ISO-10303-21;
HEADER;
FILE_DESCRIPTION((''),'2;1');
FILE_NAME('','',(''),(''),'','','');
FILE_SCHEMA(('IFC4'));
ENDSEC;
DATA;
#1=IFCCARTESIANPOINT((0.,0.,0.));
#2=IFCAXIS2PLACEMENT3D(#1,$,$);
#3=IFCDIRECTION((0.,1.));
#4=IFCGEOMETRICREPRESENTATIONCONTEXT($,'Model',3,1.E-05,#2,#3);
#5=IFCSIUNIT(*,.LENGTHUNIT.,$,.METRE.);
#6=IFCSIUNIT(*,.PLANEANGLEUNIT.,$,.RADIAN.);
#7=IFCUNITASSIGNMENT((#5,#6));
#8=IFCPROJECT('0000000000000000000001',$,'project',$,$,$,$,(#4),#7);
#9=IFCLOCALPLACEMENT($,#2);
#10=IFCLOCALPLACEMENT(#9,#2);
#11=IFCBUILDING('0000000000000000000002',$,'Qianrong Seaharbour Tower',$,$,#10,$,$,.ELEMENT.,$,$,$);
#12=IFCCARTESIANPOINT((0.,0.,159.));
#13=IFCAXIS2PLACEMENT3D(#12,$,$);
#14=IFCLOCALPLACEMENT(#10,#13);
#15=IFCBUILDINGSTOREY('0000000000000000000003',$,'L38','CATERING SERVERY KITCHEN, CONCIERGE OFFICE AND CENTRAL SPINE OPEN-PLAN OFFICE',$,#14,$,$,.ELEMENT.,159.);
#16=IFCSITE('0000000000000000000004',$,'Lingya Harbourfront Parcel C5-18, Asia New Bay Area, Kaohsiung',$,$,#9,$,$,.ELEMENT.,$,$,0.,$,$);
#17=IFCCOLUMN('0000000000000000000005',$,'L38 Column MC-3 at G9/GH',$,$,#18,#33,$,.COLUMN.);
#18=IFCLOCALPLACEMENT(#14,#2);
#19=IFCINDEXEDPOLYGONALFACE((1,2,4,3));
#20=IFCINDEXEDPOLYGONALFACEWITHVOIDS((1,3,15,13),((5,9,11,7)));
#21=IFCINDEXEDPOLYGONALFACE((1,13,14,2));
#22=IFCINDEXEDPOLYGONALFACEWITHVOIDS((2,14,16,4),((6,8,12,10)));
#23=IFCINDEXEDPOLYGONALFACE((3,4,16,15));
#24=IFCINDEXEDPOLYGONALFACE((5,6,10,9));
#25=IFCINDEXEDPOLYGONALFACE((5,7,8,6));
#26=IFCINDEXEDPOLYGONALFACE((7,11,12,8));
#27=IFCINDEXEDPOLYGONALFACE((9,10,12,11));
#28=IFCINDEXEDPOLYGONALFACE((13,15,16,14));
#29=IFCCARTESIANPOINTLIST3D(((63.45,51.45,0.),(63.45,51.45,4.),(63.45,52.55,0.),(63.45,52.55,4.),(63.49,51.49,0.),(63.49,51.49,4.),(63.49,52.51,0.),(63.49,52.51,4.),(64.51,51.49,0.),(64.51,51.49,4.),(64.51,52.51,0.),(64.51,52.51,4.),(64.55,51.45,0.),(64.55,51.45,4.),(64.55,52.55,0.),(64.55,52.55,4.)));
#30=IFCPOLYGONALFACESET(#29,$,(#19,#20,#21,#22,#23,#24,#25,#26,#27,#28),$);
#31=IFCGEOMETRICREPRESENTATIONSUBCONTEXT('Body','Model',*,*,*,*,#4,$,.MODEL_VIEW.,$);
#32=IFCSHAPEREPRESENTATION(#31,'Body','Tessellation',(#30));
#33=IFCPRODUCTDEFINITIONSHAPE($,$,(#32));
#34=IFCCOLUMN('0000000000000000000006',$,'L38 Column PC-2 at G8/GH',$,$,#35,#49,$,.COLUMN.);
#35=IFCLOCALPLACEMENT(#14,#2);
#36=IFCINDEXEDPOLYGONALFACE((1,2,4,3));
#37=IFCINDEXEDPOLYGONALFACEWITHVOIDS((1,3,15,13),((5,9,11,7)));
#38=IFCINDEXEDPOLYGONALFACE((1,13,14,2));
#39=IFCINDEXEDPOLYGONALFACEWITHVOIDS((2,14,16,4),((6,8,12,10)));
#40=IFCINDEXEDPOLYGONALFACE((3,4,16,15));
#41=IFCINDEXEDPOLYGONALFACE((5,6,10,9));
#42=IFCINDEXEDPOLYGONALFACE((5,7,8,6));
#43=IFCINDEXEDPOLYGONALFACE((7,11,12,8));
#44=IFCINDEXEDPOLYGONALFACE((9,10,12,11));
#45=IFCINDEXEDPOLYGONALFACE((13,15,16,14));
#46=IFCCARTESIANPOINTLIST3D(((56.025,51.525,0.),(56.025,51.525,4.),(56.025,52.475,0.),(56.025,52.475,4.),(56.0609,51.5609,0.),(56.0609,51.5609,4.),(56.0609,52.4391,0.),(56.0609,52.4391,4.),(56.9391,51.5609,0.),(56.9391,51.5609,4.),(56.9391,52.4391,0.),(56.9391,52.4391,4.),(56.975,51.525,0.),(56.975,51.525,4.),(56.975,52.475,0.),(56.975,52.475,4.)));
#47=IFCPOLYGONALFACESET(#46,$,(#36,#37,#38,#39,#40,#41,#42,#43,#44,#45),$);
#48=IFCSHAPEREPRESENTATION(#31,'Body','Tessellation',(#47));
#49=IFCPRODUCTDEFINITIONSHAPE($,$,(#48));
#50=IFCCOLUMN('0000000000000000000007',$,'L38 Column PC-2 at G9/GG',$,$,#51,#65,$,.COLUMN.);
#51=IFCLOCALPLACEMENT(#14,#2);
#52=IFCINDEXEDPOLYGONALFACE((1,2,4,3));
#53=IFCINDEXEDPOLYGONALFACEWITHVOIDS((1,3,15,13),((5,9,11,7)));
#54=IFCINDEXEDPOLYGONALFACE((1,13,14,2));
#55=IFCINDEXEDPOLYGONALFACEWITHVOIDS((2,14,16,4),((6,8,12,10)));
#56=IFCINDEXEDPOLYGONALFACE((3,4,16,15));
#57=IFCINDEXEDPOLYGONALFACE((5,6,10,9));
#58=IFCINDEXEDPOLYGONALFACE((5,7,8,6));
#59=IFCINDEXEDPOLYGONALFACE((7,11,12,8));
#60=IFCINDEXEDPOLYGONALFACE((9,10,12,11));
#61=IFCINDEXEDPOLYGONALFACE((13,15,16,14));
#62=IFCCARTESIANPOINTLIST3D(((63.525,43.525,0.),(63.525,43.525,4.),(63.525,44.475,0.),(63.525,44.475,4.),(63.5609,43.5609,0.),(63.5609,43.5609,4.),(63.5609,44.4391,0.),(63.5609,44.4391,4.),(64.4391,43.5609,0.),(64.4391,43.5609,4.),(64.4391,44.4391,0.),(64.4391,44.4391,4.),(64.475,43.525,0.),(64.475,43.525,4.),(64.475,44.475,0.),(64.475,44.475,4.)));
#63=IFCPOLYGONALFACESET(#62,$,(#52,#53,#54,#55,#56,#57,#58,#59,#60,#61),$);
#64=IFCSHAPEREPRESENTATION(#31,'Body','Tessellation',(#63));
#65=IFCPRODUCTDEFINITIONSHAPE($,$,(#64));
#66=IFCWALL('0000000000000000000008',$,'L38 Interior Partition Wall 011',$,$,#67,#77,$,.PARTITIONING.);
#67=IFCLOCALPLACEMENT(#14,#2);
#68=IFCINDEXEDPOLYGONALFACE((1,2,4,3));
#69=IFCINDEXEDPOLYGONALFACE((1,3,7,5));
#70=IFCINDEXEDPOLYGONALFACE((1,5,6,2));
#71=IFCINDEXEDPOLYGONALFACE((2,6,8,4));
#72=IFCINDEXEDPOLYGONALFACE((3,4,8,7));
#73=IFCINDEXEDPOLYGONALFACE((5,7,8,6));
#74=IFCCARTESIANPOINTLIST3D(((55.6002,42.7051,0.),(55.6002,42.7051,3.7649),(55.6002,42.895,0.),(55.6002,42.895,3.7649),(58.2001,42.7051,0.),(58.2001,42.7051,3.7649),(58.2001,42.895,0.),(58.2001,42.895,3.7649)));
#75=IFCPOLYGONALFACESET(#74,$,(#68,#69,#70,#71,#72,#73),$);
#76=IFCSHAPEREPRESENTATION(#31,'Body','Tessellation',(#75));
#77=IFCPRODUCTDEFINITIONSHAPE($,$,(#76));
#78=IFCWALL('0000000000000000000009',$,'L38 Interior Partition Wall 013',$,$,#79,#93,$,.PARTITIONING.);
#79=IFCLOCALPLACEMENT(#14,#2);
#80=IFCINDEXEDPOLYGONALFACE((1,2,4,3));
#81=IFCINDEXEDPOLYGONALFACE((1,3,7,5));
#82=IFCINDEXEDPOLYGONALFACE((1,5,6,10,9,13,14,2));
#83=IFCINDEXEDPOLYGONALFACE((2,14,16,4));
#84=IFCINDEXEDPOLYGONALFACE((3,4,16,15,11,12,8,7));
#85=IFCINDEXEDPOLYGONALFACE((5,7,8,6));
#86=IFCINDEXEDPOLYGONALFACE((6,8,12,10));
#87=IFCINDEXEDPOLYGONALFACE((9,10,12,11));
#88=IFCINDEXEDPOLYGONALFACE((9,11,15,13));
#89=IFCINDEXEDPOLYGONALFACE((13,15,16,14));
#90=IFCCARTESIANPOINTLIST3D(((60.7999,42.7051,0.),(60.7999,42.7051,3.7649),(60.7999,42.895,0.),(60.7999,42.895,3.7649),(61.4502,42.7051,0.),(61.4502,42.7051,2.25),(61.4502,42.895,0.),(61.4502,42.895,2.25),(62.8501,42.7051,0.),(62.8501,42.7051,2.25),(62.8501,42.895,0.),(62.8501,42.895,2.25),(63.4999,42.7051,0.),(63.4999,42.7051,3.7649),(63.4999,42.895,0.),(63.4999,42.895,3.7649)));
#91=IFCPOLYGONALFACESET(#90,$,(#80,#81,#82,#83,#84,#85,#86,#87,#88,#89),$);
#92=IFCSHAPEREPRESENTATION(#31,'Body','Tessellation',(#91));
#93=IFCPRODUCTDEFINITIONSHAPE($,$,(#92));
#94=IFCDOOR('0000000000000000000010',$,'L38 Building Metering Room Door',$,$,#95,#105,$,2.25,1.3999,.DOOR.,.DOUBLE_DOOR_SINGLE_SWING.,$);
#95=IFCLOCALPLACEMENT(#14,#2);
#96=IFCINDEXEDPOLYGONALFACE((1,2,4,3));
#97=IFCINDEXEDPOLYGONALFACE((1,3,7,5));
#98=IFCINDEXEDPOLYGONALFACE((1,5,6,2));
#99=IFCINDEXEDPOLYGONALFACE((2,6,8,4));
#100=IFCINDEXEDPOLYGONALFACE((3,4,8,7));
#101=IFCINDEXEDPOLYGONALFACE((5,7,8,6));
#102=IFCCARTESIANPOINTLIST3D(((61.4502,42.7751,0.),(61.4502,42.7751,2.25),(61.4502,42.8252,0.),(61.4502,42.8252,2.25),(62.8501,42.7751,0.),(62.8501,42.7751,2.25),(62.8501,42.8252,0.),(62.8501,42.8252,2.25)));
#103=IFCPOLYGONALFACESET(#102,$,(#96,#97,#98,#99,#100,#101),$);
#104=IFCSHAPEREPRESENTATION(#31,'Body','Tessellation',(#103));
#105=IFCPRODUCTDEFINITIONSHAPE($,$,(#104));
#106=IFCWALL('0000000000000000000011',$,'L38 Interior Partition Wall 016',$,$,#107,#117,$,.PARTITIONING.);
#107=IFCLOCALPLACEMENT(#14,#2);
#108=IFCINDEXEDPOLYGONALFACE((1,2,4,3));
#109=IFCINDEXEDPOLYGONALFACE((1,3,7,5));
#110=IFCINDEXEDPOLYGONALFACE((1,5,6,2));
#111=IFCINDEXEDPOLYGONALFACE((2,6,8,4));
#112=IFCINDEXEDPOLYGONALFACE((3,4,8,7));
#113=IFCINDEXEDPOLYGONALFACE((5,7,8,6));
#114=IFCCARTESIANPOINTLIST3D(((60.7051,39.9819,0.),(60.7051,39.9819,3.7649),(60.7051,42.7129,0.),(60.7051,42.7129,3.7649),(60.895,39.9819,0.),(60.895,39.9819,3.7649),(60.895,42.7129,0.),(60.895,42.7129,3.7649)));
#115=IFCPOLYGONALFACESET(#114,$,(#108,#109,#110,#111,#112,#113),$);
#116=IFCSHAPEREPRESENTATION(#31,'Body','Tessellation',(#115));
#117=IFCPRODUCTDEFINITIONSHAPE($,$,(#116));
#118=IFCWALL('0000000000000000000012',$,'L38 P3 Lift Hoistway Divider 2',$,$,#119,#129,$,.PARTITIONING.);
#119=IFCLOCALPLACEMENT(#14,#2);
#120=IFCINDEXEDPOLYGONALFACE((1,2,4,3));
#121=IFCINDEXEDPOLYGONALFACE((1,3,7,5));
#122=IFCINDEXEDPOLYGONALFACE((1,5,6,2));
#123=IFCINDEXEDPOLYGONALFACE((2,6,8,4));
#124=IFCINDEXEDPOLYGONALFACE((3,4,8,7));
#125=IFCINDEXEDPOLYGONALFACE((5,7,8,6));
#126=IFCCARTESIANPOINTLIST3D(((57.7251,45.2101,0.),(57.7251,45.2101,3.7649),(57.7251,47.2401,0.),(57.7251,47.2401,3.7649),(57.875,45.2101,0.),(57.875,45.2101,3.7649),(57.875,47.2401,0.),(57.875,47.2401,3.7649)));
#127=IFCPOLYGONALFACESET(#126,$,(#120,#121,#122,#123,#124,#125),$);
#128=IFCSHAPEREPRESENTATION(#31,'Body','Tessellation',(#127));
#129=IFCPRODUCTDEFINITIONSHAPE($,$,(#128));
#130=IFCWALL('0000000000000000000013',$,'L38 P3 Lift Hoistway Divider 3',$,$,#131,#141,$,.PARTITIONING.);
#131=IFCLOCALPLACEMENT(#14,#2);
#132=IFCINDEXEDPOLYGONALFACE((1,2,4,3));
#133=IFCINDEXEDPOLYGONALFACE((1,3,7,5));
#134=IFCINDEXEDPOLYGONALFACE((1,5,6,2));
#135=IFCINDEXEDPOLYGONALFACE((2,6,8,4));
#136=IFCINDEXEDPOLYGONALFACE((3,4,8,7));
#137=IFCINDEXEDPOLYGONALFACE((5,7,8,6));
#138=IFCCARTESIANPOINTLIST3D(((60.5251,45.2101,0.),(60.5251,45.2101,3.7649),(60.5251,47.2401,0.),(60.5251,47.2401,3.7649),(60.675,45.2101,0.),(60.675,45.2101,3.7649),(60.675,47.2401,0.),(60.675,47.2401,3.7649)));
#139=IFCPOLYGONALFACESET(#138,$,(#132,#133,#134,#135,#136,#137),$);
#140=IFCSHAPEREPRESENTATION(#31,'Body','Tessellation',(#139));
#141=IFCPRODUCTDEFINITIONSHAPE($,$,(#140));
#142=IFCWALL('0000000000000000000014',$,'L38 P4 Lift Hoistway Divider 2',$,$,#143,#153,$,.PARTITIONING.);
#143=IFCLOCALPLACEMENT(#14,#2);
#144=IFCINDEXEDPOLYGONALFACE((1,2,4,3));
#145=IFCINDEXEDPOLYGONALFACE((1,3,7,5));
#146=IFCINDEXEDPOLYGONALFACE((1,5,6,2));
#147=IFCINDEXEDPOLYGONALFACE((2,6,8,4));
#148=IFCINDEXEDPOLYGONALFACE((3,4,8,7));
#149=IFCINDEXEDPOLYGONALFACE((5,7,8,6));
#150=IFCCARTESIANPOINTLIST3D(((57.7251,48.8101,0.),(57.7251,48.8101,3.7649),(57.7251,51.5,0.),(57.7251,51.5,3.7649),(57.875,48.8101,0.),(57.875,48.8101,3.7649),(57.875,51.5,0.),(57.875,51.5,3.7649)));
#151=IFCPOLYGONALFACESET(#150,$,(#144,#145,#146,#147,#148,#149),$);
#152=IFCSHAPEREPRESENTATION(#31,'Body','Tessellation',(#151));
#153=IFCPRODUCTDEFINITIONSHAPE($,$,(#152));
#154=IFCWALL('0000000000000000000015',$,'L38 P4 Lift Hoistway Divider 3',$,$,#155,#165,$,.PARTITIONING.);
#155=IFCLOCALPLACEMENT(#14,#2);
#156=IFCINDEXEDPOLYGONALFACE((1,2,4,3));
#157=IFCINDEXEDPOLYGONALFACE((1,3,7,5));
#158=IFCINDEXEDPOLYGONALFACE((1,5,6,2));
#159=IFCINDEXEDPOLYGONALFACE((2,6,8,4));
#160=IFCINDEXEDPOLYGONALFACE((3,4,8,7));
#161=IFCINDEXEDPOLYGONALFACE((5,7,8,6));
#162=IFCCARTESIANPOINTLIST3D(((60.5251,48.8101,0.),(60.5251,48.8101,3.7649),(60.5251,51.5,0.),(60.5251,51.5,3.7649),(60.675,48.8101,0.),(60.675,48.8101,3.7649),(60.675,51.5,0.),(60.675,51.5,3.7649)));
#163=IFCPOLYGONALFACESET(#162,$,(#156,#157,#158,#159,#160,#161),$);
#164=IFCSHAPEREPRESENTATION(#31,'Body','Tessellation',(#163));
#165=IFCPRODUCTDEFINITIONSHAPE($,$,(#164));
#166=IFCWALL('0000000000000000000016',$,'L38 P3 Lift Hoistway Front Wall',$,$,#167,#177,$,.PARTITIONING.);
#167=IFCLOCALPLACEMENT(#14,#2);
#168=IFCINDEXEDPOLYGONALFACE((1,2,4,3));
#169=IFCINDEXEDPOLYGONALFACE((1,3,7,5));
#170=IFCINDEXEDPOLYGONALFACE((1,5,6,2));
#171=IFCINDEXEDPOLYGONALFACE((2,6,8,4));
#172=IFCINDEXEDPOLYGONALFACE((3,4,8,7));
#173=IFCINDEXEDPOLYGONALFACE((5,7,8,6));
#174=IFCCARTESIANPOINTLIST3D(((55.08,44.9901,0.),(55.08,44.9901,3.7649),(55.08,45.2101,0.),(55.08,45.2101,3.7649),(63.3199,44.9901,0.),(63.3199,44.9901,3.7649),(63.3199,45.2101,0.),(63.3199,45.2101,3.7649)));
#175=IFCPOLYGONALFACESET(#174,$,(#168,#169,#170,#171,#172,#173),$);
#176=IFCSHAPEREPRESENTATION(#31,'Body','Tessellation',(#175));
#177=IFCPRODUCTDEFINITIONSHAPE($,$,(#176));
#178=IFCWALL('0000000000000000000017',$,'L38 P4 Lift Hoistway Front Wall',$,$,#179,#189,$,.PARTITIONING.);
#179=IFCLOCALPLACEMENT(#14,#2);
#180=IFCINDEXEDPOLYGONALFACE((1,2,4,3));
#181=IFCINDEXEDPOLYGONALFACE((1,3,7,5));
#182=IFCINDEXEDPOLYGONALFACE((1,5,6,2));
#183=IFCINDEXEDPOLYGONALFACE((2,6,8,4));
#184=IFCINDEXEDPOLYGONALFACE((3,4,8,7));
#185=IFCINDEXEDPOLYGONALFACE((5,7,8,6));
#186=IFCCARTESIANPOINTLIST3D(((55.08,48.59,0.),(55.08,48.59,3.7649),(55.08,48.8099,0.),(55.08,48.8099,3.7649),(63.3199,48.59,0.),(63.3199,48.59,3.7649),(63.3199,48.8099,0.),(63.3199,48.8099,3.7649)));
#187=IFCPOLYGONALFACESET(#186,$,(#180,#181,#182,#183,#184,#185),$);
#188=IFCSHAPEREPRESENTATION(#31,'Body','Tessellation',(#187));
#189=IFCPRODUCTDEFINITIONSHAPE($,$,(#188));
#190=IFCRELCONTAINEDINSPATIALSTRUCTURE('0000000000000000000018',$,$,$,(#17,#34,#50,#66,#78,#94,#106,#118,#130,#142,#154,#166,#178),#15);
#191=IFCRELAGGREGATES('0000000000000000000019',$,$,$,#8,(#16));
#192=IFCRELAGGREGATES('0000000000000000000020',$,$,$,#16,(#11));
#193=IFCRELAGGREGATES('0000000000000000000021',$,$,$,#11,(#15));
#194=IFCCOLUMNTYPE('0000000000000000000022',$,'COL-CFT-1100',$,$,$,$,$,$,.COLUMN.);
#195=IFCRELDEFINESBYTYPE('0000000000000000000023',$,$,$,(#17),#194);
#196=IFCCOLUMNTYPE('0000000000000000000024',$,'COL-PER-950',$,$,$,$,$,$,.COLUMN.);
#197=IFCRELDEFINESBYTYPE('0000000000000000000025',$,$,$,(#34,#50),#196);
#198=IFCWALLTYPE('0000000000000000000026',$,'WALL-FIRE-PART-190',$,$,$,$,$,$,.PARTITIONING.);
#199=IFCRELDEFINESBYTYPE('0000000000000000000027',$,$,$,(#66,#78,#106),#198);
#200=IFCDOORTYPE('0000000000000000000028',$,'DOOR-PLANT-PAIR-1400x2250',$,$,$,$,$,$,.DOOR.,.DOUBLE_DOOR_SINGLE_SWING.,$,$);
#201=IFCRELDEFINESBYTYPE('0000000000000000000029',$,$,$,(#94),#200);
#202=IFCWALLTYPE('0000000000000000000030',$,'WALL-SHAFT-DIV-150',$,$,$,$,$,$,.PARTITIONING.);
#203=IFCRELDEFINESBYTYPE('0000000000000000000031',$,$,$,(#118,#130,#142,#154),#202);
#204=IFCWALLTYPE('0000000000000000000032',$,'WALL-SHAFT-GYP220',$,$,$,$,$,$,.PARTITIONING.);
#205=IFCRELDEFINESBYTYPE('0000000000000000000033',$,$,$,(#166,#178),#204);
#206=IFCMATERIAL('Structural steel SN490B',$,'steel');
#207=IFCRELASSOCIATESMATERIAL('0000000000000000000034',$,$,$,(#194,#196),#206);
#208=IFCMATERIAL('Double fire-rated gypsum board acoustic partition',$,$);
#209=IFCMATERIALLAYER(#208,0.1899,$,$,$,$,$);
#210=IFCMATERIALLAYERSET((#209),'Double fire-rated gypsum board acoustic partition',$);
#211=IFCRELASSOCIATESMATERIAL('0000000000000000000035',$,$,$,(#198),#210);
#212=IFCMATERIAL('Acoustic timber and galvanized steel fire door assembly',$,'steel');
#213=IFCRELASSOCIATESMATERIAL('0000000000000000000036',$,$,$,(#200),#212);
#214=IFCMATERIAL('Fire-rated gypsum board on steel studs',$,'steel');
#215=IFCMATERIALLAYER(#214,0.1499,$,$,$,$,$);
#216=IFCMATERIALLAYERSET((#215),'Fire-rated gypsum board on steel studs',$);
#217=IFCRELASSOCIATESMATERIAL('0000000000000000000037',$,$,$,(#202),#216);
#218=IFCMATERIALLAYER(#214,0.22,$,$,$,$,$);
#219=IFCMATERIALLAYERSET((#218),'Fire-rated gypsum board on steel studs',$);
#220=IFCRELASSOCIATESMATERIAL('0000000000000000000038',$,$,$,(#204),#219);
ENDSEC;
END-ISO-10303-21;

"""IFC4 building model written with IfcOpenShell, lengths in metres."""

from ifc_helpers import new_model, si_unit, direction, frame, frame_2d, origin, origin_2d, place, context, subcontext, project, spatial, rectangle, hollow_rectangle, extrude, material, layer, layer_set, material_profile, profile_set, type_object, element, fill, save


model = new_model("IFC4")

# Units and contexts
model_context = context("Model", 3, precision=1e-05, world=origin(), true_north=direction((0.0, 1.0)))
body_context = subcontext(model_context, "Body", "Model", "MODEL_VIEW")
ifc_project = project(units=[si_unit("LENGTHUNIT", "METRE"), si_unit("PLANEANGLEUNIT", "RADIAN")], contexts=[model_context])

# Site, building, storey
site_placement = place(None, origin())
site = spatial("IfcSite", under=ifc_project, at=site_placement, Name="Lingya Harbourfront Parcel C5-18, Asia New Bay Area, Kaohsiung", CompositionType="ELEMENT", RefElevation=0.0)
building_placement = place(site_placement, origin())
building = spatial("IfcBuilding", under=site, at=building_placement, Name="Qianrong Seaharbour Tower", CompositionType="ELEMENT")
storey_placement = place(building_placement, frame((0.0, 0.0, 159.0)))
storey = spatial("IfcBuildingStorey", under=building, at=storey_placement, Name="L38", Description="CATERING SERVERY KITCHEN, CONCIERGE OFFICE AND CENTRAL SPINE OPEN-PLAN OFFICE", CompositionType="ELEMENT", Elevation=159.0)

# Columns
ifc_material_1 = material(Name="Structural steel SN490B", Category="steel")
ifc_material_profile_1 = material_profile(ifc_material_1, hollow_rectangle(XDim=1.1001, YDim=1.1001, WallThickness=0.04, at=origin_2d()), Name="BOX1100x1100x40")
ifc_profile_set_1 = profile_set([ifc_material_profile_1], Name="Structural steel SN490B")
column_type_1 = type_object("IfcColumnType", Name="COL-CFT-1100", PredefinedType="COLUMN", material=ifc_profile_set_1)
column_placement = place(storey_placement, frame((64.0, 52.0, 0.0), z_axis=(0.0, 0.0, 1.0), x_axis=(1.0, 0.0, 0.0)))
element("IfcColumn", 1, at=column_placement, inside=storey, type_object=column_type_1, Name="L38 Column MC-3 at G9/GH", PredefinedType="COLUMN", context=body_context, shape_type="SweptSolid", body=[
    extrude(hollow_rectangle(XDim=1.1001, YDim=1.1001, WallThickness=0.04, at=origin_2d()), origin(), (0.0, 0.0, 1.0), 4.0),
])
ifc_material_profile_2 = material_profile(ifc_material_1, hollow_rectangle(XDim=0.95, YDim=0.95, WallThickness=0.0359, at=origin_2d()), Name="BOX950x950x36")
ifc_profile_set_2 = profile_set([ifc_material_profile_2], Name="Structural steel SN490B")
column_type_2 = type_object("IfcColumnType", Name="COL-PER-950", PredefinedType="COLUMN", material=ifc_profile_set_2)
for number, where, z_axis, x_axis, name in (
    (2, (56.5, 52.0, 0.0), (0.0, 0.0, 1.0), (1.0, 0.0, 0.0), "L38 Column PC-2 at G8/GH"),
    (3, (64.0, 44.0, 0.0), (0.0, 0.0, 1.0), (1.0, 0.0, 0.0), "L38 Column PC-2 at G9/GG"),
):
    element("IfcColumn", number, at=place(storey_placement, frame(where, z_axis=z_axis, x_axis=x_axis)), inside=storey, type_object=column_type_2, Name=name, PredefinedType="COLUMN", context=body_context, shape_type="SweptSolid", body=[
        extrude(hollow_rectangle(XDim=0.95, YDim=0.95, WallThickness=0.0359, at=origin_2d()), origin(), (0.0, 0.0, 1.0), 4.0),
    ])

# Shared definitions
ifc_material_2 = material(Name="Acoustic timber and galvanized steel fire door assembly", Category="steel")

# Wall
ifc_material_3 = material(Name="Double fire-rated gypsum board acoustic partition")
ifc_layer_1 = layer(ifc_material_3, 0.1899)
ifc_layer_set_1 = layer_set([ifc_layer_1], Name="Double fire-rated gypsum board acoustic partition")
wall_type_1 = type_object("IfcWallType", Name="WALL-FIRE-PART-190", PredefinedType="PARTITIONING", material=ifc_layer_set_1)
wall_1_placement = place(storey_placement, frame((58.2, 42.8, 0.0), z_axis=(0.0, 0.0, 1.0), x_axis=(-1.0, 0.0, 0.0)))
element("IfcWall", 4, at=wall_1_placement, inside=storey, type_object=wall_type_1, Name="L38 Interior Partition Wall 011", PredefinedType="PARTITIONING", context=body_context, shape_type="SweptSolid", body=[
    extrude(rectangle(XDim=2.5999, YDim=0.1899, at=frame_2d((1.2998, 0.0))), origin(), (0.0, 0.0, 1.0), 3.7649),
])

# Wall, opening, door
wall_2_placement = place(storey_placement, frame((63.5, 42.8, 0.0), z_axis=(0.0, 0.0, 1.0), x_axis=(-1.0, 0.0, 0.0)))
wall_2 = element("IfcWall", 5, at=wall_2_placement, inside=storey, type_object=wall_type_1, Name="L38 Interior Partition Wall 013", PredefinedType="PARTITIONING", context=body_context, shape_type="SweptSolid", body=[
    extrude(rectangle(XDim=2.7, YDim=0.1899, at=frame_2d((1.3501, 0.0))), origin(), (0.0, 0.0, 1.0), 3.7649),
])
opening_1_placement = place(wall_2_placement, frame((0.6499, 0.0, 0.0)))
opening_1 = element("IfcOpeningElement", 6, at=opening_1_placement, cuts=wall_2, PredefinedType="OPENING", context=body_context, shape_type="SweptSolid", body=[
    extrude(rectangle(XDim=1.3999, YDim=2.25, at=frame_2d((0.7, 1.125))), frame((0.0, 0.105, 0.0), z_axis=(0.0, -1.0, 0.0), x_axis=(1.0, 0.0, 0.0)), (0.0, 0.0, 1.0), 0.21),
])
door_type_1 = type_object("IfcDoorType", Name="DOOR-PLANT-PAIR-1400x2250", OperationType="DOUBLE_DOOR_SINGLE_SWING", PredefinedType="DOOR", material=ifc_material_2)
door_1_placement = place(opening_1_placement, origin())
door_1 = element("IfcDoor", 7, at=door_1_placement, inside=storey, type_object=door_type_1, Name="L38 Building Metering Room Door", OperationType="DOUBLE_DOOR_SINGLE_SWING", OverallHeight=2.25, OverallWidth=1.3999, PredefinedType="DOOR", context=body_context, shape_type="SweptSolid", body=[
    extrude(rectangle(XDim=1.3999, YDim=2.25, at=frame_2d((0.7, 1.125))), frame((0.0, 0.0249, 0.0), z_axis=(0.0, -1.0, 0.0), x_axis=(1.0, 0.0, 0.0)), (0.0, 0.0, 1.0), 0.05),
])
fill(opening_1, door_1)

# Walls
wall_3_placement = place(storey_placement, frame((60.8, 42.7129, 0.0), z_axis=(0.0, 0.0, 1.0), x_axis=(0.0, -1.0, 0.0)))
element("IfcWall", 8, at=wall_3_placement, inside=storey, type_object=wall_type_1, Name="L38 Interior Partition Wall 016", PredefinedType="PARTITIONING", context=body_context, shape_type="SweptSolid", body=[
    extrude(rectangle(XDim=2.731, YDim=0.1899, at=frame_2d((1.3655, 0.0))), origin(), (0.0, 0.0, 1.0), 3.7649),
])
ifc_material_4 = material(Name="Fire-rated gypsum board on steel studs", Category="steel")
ifc_layer_2 = layer(ifc_material_4, 0.1499)
ifc_layer_set_2 = layer_set([ifc_layer_2], Name="Fire-rated gypsum board on steel studs")
wall_type_2 = type_object("IfcWallType", Name="WALL-SHAFT-DIV-150", PredefinedType="PARTITIONING", material=ifc_layer_set_2)
for number, where, z_axis, x_axis, name in (
    (9, (57.8, 45.21, 0.0), (0.0, 0.0, 1.0), (0.0, 1.0, 0.0), "L38 P3 Lift Hoistway Divider 2"),
    (10, (60.6001, 45.21, 0.0), (0.0, 0.0, 1.0), (0.0, 1.0, 0.0), "L38 P3 Lift Hoistway Divider 3"),
):
    element("IfcWall", number, at=place(storey_placement, frame(where, z_axis=z_axis, x_axis=x_axis)), inside=storey, type_object=wall_type_2, Name=name, PredefinedType="PARTITIONING", context=body_context, shape_type="SweptSolid", body=[
        extrude(rectangle(XDim=2.03, YDim=0.1499, at=frame_2d((1.0151, 0.0))), origin(), (0.0, 0.0, 1.0), 3.7649),
    ])
for number, where, z_axis, x_axis, name in (
    (11, (57.8, 48.8101, 0.0), (0.0, 0.0, 1.0), (0.0, 1.0, 0.0), "L38 P4 Lift Hoistway Divider 2"),
    (12, (60.6001, 48.8101, 0.0), (0.0, 0.0, 1.0), (0.0, 1.0, 0.0), "L38 P4 Lift Hoistway Divider 3"),
):
    element("IfcWall", number, at=place(storey_placement, frame(where, z_axis=z_axis, x_axis=x_axis)), inside=storey, type_object=wall_type_2, Name=name, PredefinedType="PARTITIONING", context=body_context, shape_type="SweptSolid", body=[
        extrude(rectangle(XDim=2.6899, YDim=0.1499, at=frame_2d((1.345, 0.0))), origin(), (0.0, 0.0, 1.0), 3.7649),
    ])
ifc_layer_3 = layer(ifc_material_4, 0.22)
ifc_layer_set_3 = layer_set([ifc_layer_3], Name="Fire-rated gypsum board on steel studs")
wall_type_3 = type_object("IfcWallType", Name="WALL-SHAFT-GYP220", PredefinedType="PARTITIONING", material=ifc_layer_set_3)
for number, where, z_axis, x_axis, name in (
    (13, (63.3201, 45.1001, 0.0), (0.0, 0.0, 1.0), (-1.0, 0.0, 0.0), "L38 P3 Lift Hoistway Front Wall"),
    (14, (63.3201, 48.7, 0.0), (0.0, 0.0, 1.0), (-1.0, 0.0, 0.0), "L38 P4 Lift Hoistway Front Wall"),
):
    element("IfcWall", number, at=place(storey_placement, frame(where, z_axis=z_axis, x_axis=x_axis)), inside=storey, type_object=wall_type_3, Name=name, PredefinedType="PARTITIONING", context=body_context, shape_type="SweptSolid", body=[
        extrude(rectangle(XDim=8.24, YDim=0.22, at=frame_2d((4.1201, 0.0))), origin(), (0.0, 0.0, 1.0), 3.7649),
    ])

save(model, "model.ifc")
